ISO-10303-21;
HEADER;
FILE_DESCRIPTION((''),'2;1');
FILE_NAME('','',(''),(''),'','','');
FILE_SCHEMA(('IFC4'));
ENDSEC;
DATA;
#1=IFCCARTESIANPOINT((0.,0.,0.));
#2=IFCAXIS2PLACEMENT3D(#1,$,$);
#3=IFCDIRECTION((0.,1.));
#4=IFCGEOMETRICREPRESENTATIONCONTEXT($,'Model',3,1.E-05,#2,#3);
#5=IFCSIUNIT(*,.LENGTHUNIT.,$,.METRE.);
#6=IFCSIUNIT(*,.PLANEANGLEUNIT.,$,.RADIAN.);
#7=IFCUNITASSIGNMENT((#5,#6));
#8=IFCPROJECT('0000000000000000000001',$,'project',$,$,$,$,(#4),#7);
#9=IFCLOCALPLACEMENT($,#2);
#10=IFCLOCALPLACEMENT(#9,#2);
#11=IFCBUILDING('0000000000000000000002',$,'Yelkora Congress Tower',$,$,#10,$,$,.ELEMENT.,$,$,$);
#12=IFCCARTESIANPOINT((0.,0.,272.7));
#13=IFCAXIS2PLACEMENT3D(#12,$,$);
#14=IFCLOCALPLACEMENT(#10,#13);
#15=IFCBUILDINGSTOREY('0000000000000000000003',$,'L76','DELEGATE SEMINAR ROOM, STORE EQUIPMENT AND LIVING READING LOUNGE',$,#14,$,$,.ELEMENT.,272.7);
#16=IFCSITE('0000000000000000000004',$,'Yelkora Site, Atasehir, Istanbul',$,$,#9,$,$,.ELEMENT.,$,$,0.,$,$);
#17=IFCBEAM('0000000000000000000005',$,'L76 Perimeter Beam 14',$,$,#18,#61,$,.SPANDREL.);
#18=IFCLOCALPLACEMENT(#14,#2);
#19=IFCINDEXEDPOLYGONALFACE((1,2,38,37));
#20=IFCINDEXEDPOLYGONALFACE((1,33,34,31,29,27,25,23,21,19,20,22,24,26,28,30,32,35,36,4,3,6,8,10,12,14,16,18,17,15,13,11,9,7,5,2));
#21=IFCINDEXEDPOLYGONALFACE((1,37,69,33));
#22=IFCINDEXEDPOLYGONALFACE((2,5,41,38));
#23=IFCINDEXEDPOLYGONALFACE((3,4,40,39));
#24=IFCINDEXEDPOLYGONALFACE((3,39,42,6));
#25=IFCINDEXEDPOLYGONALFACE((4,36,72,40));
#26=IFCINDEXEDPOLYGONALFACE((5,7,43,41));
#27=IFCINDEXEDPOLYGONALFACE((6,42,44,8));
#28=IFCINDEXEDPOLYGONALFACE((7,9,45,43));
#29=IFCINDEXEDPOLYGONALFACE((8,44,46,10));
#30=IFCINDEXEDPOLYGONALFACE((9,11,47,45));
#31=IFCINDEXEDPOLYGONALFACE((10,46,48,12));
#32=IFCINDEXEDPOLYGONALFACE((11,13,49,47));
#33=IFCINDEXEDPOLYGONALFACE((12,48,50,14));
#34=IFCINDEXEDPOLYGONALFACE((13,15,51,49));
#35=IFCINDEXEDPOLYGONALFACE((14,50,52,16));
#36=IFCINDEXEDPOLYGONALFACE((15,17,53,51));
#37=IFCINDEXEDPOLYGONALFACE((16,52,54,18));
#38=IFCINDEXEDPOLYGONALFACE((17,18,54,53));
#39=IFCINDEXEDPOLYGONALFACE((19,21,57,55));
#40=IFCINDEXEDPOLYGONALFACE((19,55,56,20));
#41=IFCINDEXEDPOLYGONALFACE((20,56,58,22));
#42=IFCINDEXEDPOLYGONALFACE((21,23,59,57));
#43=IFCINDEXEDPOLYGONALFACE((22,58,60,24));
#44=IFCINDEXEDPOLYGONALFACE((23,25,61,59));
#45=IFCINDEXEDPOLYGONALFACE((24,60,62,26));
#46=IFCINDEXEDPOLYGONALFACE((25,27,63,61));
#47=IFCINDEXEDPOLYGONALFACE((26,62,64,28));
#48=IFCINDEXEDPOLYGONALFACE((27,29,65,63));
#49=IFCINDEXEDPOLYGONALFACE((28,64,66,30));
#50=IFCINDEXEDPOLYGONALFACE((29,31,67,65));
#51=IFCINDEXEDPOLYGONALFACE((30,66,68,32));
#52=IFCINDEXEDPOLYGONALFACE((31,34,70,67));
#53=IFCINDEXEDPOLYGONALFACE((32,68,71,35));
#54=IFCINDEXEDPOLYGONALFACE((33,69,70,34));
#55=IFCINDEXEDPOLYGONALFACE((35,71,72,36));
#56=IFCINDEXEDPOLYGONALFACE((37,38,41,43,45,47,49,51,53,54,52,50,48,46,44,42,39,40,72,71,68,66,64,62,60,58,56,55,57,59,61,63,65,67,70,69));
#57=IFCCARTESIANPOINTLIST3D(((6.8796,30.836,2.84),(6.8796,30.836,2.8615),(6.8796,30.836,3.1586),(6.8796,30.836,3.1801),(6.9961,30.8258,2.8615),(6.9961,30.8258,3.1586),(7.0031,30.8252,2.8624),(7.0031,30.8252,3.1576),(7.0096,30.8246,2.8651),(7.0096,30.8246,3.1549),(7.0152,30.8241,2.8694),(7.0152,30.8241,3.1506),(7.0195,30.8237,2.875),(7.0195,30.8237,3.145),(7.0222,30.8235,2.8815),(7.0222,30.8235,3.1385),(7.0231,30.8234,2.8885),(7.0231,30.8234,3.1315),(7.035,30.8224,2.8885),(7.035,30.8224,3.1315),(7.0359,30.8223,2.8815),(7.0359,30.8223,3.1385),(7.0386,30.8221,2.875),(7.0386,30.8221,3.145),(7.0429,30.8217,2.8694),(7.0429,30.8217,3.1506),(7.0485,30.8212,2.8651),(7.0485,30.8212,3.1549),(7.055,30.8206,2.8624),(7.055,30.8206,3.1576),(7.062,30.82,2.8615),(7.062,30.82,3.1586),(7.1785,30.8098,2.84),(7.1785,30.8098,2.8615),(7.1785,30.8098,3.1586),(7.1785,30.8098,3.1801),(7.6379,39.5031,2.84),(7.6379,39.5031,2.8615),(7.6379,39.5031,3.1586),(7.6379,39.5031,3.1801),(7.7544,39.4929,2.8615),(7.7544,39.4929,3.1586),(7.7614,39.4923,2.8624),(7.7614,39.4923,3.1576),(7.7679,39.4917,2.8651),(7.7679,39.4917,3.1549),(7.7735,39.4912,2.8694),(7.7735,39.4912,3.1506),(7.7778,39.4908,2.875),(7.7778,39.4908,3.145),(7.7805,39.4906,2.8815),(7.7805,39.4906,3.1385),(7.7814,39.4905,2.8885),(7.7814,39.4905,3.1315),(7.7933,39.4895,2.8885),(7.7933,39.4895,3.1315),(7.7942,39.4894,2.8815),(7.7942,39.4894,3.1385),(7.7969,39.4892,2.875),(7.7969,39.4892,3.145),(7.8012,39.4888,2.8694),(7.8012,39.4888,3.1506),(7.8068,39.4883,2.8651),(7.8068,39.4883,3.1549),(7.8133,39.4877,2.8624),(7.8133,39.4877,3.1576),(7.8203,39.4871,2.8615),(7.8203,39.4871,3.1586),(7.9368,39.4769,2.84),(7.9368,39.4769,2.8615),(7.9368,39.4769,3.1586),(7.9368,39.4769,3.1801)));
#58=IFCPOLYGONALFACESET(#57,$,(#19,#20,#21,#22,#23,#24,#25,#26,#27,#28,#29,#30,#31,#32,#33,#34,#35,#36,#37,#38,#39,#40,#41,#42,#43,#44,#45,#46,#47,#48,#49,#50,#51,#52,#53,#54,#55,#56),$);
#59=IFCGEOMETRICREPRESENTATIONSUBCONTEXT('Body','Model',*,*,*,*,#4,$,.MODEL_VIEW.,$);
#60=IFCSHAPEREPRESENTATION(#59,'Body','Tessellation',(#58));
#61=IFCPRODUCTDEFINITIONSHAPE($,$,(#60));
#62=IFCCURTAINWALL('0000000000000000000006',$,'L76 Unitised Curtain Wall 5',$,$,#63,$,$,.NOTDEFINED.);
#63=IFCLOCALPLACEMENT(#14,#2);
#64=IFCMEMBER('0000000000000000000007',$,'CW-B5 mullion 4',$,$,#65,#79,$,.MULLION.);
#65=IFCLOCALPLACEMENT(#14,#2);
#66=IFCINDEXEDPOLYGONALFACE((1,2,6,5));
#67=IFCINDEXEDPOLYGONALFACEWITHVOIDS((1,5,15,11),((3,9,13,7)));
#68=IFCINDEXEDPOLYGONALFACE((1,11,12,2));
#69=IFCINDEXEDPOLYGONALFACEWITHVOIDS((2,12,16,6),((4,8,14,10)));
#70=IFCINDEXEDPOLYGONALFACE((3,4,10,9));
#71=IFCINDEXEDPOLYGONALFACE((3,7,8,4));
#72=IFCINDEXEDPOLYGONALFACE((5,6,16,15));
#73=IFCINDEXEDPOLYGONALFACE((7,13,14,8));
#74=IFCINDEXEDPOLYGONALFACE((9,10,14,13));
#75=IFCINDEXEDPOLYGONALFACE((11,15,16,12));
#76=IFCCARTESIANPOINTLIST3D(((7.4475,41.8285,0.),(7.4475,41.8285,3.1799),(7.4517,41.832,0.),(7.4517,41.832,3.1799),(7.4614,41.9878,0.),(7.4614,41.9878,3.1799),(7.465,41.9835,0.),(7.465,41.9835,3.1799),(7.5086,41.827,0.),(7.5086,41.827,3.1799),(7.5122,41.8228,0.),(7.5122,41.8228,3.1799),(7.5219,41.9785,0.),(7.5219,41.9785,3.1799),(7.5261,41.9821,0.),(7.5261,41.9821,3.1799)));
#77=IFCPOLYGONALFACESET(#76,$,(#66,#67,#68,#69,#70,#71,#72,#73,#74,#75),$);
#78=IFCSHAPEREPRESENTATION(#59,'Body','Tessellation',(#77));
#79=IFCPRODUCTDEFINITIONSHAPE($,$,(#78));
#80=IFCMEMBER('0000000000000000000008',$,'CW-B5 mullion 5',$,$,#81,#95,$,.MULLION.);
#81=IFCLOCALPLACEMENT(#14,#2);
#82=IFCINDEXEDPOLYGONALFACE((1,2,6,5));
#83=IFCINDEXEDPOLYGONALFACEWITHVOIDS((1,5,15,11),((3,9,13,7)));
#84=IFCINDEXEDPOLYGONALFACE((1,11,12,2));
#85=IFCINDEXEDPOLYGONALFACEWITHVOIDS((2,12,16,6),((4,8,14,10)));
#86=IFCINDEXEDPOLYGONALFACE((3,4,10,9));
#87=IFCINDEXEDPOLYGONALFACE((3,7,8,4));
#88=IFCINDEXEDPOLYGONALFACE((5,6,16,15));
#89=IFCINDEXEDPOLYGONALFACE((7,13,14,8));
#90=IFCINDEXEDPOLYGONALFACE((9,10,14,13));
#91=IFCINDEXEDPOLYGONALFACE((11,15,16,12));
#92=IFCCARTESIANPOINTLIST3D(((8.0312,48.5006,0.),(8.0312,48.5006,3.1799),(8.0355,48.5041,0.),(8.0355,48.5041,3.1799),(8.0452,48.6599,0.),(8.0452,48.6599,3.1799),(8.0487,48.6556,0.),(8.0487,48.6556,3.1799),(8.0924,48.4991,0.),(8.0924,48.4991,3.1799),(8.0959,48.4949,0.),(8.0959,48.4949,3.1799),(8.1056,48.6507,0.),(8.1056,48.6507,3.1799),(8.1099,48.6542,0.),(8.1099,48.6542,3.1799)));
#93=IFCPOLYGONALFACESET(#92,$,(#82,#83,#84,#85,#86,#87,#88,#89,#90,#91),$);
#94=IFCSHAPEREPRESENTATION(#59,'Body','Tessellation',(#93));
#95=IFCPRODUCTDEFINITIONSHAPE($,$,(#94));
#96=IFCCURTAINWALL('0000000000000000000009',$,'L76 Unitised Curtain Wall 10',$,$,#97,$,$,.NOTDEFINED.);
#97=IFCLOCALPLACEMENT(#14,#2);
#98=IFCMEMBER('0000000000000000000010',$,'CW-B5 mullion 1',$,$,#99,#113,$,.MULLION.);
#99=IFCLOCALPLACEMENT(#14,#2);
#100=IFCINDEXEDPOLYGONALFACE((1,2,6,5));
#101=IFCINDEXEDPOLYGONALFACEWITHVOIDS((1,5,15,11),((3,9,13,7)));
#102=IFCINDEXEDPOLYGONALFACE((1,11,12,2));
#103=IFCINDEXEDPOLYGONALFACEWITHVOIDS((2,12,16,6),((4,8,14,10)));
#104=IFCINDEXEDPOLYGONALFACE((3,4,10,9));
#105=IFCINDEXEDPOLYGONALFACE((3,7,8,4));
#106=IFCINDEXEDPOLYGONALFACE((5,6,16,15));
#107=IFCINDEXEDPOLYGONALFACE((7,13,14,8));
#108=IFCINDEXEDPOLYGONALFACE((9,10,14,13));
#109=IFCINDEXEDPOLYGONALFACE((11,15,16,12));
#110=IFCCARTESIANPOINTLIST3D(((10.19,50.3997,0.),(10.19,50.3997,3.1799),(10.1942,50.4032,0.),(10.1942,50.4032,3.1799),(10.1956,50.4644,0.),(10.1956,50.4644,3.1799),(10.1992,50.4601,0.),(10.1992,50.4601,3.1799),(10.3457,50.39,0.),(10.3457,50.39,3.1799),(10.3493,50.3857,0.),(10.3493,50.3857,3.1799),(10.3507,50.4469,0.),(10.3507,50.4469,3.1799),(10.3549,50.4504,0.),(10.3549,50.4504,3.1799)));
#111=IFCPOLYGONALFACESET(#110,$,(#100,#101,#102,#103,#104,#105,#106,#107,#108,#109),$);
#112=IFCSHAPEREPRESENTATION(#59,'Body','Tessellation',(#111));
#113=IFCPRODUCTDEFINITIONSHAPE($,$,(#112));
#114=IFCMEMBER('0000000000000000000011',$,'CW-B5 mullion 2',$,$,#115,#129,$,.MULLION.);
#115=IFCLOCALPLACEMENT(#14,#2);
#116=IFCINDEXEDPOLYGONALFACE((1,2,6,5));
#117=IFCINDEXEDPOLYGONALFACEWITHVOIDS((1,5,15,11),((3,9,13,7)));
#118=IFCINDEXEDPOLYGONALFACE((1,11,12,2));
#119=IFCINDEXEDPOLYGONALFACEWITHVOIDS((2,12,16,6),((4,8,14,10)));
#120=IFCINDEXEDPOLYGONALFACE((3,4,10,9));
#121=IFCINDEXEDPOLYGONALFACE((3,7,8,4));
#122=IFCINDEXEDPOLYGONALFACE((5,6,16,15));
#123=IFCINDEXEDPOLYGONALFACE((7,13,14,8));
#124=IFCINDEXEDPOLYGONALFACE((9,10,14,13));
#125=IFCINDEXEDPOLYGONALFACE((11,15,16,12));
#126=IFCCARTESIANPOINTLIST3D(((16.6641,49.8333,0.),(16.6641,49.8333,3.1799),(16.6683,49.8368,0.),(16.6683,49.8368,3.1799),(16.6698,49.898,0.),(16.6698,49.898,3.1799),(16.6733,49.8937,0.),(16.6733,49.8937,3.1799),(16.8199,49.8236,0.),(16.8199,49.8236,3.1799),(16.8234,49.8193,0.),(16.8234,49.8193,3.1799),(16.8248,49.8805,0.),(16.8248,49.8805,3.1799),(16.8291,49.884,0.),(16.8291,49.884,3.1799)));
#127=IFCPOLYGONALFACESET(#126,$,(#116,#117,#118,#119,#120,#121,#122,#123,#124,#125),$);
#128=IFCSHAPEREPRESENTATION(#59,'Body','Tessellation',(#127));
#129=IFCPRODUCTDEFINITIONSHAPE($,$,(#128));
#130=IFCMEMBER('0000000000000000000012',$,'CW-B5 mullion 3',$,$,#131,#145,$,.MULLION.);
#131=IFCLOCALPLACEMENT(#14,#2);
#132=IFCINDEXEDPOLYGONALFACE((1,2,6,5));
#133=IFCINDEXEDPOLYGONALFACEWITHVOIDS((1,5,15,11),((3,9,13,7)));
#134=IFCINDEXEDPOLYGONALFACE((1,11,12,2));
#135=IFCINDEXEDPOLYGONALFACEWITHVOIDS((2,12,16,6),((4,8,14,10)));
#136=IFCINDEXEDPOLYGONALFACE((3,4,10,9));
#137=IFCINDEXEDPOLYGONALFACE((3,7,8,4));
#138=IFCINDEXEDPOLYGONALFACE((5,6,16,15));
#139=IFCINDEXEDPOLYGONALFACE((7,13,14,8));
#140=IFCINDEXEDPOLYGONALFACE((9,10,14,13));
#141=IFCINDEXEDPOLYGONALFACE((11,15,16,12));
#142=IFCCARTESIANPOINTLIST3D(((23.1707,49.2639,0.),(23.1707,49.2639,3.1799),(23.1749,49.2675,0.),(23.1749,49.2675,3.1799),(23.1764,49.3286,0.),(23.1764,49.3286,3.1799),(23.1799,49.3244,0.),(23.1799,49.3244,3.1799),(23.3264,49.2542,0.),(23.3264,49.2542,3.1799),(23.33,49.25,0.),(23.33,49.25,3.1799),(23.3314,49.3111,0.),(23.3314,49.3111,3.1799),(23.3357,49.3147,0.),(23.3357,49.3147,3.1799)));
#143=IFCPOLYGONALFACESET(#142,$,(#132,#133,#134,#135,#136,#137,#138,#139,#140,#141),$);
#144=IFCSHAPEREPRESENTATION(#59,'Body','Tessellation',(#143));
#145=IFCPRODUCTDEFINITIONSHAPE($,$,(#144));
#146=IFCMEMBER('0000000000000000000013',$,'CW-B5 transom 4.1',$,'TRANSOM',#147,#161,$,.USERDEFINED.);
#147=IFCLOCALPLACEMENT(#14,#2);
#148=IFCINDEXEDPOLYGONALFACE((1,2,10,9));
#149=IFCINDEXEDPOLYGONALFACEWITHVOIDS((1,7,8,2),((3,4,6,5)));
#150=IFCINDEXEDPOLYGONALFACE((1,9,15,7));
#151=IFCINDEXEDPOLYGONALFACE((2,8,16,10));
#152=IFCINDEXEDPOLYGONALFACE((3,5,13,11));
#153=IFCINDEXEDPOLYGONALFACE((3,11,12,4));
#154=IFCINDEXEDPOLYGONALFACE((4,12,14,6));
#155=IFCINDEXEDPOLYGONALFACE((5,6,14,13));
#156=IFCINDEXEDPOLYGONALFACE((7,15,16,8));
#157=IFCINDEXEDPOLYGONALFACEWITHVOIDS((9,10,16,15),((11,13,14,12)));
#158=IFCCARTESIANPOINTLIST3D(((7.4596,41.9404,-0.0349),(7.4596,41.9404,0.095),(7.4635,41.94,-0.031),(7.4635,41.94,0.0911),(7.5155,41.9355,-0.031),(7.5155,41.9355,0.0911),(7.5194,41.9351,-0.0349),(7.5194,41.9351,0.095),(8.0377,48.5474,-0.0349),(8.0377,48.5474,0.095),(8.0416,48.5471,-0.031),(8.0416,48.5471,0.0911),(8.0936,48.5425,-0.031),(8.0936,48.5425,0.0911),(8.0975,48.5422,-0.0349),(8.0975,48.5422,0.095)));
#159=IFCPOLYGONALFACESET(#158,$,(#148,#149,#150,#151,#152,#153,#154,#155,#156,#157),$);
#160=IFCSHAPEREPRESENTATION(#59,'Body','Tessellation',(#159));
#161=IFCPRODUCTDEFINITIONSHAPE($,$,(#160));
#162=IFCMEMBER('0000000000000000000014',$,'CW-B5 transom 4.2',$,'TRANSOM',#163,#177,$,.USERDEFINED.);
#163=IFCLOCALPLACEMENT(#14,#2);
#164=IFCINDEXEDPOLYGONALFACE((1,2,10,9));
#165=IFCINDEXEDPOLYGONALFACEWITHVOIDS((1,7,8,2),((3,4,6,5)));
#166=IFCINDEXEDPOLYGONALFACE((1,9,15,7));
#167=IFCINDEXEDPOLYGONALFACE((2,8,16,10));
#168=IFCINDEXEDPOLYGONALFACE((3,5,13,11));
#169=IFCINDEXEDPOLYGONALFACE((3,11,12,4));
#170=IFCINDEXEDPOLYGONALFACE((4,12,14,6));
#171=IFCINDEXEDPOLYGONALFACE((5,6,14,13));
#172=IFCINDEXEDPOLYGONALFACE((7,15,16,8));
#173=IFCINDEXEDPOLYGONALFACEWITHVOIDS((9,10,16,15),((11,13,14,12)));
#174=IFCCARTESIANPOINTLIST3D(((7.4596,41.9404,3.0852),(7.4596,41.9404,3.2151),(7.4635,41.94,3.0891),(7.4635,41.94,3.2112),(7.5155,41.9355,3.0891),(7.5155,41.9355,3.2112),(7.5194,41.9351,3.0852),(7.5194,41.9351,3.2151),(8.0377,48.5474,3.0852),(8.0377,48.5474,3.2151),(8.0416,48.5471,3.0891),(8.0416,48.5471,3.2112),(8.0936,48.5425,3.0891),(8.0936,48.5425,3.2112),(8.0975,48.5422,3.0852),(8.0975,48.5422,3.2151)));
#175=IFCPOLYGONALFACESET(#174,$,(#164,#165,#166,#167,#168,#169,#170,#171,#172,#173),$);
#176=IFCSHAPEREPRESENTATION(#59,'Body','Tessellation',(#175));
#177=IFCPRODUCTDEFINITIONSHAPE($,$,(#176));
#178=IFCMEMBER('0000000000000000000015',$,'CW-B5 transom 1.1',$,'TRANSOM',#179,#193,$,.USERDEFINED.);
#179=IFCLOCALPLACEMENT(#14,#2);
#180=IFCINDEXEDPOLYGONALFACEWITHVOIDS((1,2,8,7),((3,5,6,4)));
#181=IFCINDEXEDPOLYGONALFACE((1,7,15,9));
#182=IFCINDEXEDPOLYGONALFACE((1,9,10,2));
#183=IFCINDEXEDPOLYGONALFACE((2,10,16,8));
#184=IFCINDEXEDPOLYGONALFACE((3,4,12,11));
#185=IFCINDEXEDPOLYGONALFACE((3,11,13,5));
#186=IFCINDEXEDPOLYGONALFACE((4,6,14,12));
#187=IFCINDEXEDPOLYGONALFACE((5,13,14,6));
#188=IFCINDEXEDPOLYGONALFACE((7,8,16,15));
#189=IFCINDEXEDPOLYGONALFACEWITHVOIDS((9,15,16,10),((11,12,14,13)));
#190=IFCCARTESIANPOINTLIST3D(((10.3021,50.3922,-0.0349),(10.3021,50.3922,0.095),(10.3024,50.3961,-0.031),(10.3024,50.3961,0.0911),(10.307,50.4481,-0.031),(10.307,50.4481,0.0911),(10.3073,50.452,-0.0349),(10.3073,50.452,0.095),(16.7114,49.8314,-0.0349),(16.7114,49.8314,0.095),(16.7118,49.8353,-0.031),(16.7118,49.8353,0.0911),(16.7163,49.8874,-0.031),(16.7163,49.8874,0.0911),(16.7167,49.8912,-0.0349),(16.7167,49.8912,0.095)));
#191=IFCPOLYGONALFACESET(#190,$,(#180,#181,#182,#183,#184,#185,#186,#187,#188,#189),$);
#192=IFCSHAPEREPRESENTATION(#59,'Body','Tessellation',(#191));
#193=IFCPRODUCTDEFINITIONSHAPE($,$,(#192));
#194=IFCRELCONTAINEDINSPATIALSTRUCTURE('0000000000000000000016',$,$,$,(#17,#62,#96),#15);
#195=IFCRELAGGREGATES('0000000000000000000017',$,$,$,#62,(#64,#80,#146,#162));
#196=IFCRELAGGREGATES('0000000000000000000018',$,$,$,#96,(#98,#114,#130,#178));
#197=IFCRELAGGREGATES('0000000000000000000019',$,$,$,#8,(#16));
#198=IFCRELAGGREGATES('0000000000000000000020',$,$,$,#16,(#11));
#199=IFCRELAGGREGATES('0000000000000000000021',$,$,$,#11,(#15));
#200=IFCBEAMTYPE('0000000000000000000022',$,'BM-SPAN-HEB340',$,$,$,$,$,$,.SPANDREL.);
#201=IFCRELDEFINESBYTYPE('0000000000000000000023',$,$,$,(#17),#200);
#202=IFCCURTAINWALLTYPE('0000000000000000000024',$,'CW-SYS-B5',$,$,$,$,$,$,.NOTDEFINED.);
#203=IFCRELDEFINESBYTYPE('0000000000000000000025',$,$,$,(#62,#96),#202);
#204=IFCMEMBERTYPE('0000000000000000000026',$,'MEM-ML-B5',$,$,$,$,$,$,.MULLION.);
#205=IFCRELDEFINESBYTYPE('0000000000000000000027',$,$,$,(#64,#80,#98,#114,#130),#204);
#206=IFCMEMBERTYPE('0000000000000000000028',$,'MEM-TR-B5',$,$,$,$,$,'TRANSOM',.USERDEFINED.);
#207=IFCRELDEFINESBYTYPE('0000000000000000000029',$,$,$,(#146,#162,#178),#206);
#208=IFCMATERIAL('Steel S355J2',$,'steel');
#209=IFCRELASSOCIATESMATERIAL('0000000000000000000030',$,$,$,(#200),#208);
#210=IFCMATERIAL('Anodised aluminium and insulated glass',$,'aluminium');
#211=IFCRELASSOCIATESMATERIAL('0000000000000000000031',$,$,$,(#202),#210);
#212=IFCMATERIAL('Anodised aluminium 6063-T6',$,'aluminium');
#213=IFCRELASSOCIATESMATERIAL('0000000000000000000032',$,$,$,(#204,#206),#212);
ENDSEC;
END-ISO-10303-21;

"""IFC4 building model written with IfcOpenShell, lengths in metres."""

from ifc_helpers import new_model, si_unit, direction, frame, origin, origin_2d, place, context, subcontext, project, spatial, hollow_rectangle, i_section, extrude, material, material_profile, profile_set, type_object, element, aggregate, save


model = new_model("IFC4")

# Units and contexts
model_context = context("Model", 3, precision=1e-05, world=origin(), true_north=direction((0.0, 1.0)))
body_context = subcontext(model_context, "Body", "Model", "MODEL_VIEW")
ifc_project = project(units=[si_unit("LENGTHUNIT", "METRE"), si_unit("PLANEANGLEUNIT", "RADIAN")], contexts=[model_context])

# Site, building, storey
site_placement = place(None, origin())
site = spatial("IfcSite", under=ifc_project, at=site_placement, Name="Yelkora Site, Atasehir, Istanbul", CompositionType="ELEMENT", RefElevation=0.0)
building_placement = place(site_placement, origin())
building = spatial("IfcBuilding", under=site, at=building_placement, Name="Yelkora Congress Tower", CompositionType="ELEMENT")
storey_placement = place(building_placement, frame((0.0, 0.0, 272.7)))
storey = spatial("IfcBuildingStorey", under=building, at=storey_placement, Name="L76", Description="DELEGATE SEMINAR ROOM, STORE EQUIPMENT AND LIVING READING LOUNGE", CompositionType="ELEMENT", Elevation=272.7)

# Shared definitions
ifc_material_1 = material(Name="Steel S355J2", Category="steel")

# Beam
ifc_material_profile_1 = material_profile(ifc_material_1, i_section(OverallWidth=0.3, OverallDepth=0.3401, WebThickness=0.012, FlangeThickness=0.0215, FilletRadius=0.0271, at=origin_2d()), Name="HEB 340")
ifc_profile_set_1 = profile_set([ifc_material_profile_1], Name="Steel S355J2")
beam_type_1 = type_object("IfcBeamType", Name="BM-SPAN-HEB340", PredefinedType="SPANDREL", material=ifc_profile_set_1)
beam_1_placement = place(storey_placement, frame((7.7874, 39.49, 3.01), z_axis=(-0.08716, -0.996194, 0.0), x_axis=(0.996194, -0.08716, 0.0)))
element("IfcBeam", 1, at=beam_1_placement, inside=storey, type_object=beam_type_1, Name="L76 Perimeter Beam 14", PredefinedType="SPANDREL", context=body_context, shape_type="SweptSolid", body=[
    extrude(i_section(OverallWidth=0.3, OverallDepth=0.3401, WebThickness=0.012, FlangeThickness=0.0215, FilletRadius=0.0271, at=origin_2d()), origin(), (0.0, 0.0, 1.0), 8.7002),
])

# Curtain walls, members
ifc_material_2 = material(Name="Anodised aluminium and insulated glass", Category="aluminium")
curtain_wall_type = type_object("IfcCurtainWallType", Name="CW-SYS-B5", PredefinedType="NOTDEFINED", material=ifc_material_2)
curtain_wall_1_placement = place(storey_placement, origin())
curtain_wall_1 = element("IfcCurtainWall", 2, at=curtain_wall_1_placement, inside=storey, type_object=curtain_wall_type, Name="L76 Unitised Curtain Wall 5", PredefinedType="NOTDEFINED")
ifc_material_3 = material(Name="Anodised aluminium 6063-T6", Category="aluminium")
ifc_material_profile_2 = material_profile(ifc_material_3, hollow_rectangle(XDim=0.0649, YDim=0.1599, WallThickness=0.0039, at=origin_2d()), Name="ALU 65x160x4")
ifc_profile_set_2 = profile_set([ifc_material_profile_2], Name="Anodised aluminium 6063-T6")
member_type_1 = type_object("IfcMemberType", Name="MEM-ML-B5", PredefinedType="MULLION", material=ifc_profile_set_2)
member_1_placement = place(storey_placement, frame((7.4868, 41.9053, 0.0), z_axis=(0.0, 0.0, 1.0), x_axis=(-0.996195, 0.087155, 0.0)))
member_1 = element("IfcMember", 3, at=member_1_placement, type_object=member_type_1, Name="CW-B5 mullion 4", PredefinedType="MULLION", context=body_context, shape_type="SweptSolid", body=[
    extrude(hollow_rectangle(XDim=0.0649, YDim=0.1599, WallThickness=0.0039, at=origin_2d()), origin(), (0.0, 0.0, 1.0), 3.1799),
])
member_2_placement = place(storey_placement, frame((8.0706, 48.5774, 0.0), z_axis=(0.0, 0.0, 1.0), x_axis=(-0.996195, 0.087155, 0.0)))
member_2 = element("IfcMember", 4, at=member_2_placement, type_object=member_type_1, Name="CW-B5 mullion 5", PredefinedType="MULLION", context=body_context, shape_type="SweptSolid", body=[
    extrude(hollow_rectangle(XDim=0.0649, YDim=0.1599, WallThickness=0.0039, at=origin_2d()), origin(), (0.0, 0.0, 1.0), 3.1799),
])
curtain_wall_2_placement = place(storey_placement, origin())
curtain_wall_2 = element("IfcCurtainWall", 5, at=curtain_wall_2_placement, inside=storey, type_object=curtain_wall_type, Name="L76 Unitised Curtain Wall 10", PredefinedType="NOTDEFINED")
member_3_placement = place(storey_placement, frame((10.2725, 50.425, 0.0), z_axis=(0.0, 0.0, 1.0), x_axis=(0.087157, 0.996195, 0.0)))
member_3 = element("IfcMember", 6, at=member_3_placement, type_object=member_type_1, Name="CW-B5 mullion 1", PredefinedType="MULLION", context=body_context, shape_type="SweptSolid", body=[
    extrude(hollow_rectangle(XDim=0.0649, YDim=0.1599, WallThickness=0.0039, at=origin_2d()), origin(), (0.0, 0.0, 1.0), 3.1799),
])
member_4_placement = place(storey_placement, frame((16.7466, 49.8586, 0.0), z_axis=(0.0, 0.0, 1.0), x_axis=(0.087157, 0.996195, 0.0)))
member_4 = element("IfcMember", 7, at=member_4_placement, type_object=member_type_1, Name="CW-B5 mullion 2", PredefinedType="MULLION", context=body_context, shape_type="SweptSolid", body=[
    extrude(hollow_rectangle(XDim=0.0649, YDim=0.1599, WallThickness=0.0039, at=origin_2d()), origin(), (0.0, 0.0, 1.0), 3.1799),
])
member_5_placement = place(storey_placement, frame((23.2532, 49.2893, 0.0), z_axis=(0.0, 0.0, 1.0), x_axis=(0.087157, 0.996195, 0.0)))
member_5 = element("IfcMember", 8, at=member_5_placement, type_object=member_type_1, Name="CW-B5 mullion 3", PredefinedType="MULLION", context=body_context, shape_type="SweptSolid", body=[
    extrude(hollow_rectangle(XDim=0.0649, YDim=0.1599, WallThickness=0.0039, at=origin_2d()), origin(), (0.0, 0.0, 1.0), 3.1799),
])

# Members
ifc_material_profile_3 = material_profile(ifc_material_3, hollow_rectangle(XDim=0.0601, YDim=0.1299, WallThickness=0.0039, at=origin_2d()), Name="ALU 60x130x4")
ifc_profile_set_3 = profile_set([ifc_material_profile_3], Name="Anodised aluminium 6063-T6")
member_type_2 = type_object("IfcMemberType", Name="MEM-TR-B5", ElementType="TRANSOM", PredefinedType="USERDEFINED", material=ifc_profile_set_3)
member_6_placement = place(storey_placement, frame((7.4895, 41.9377, 0.03), z_axis=(0.087166, 0.996194, 0.0), x_axis=(-0.996194, 0.087166, 0.0)))
member_6 = element("IfcMember", 9, at=member_6_placement, type_object=member_type_2, Name="CW-B5 transom 4.1", ObjectType="TRANSOM", PredefinedType="USERDEFINED", context=body_context, shape_type="SweptSolid", body=[
    extrude(hollow_rectangle(XDim=0.0601, YDim=0.1299, WallThickness=0.0039, at=origin_2d()), origin(), (0.0, 0.0, 1.0), 6.6323),
])
member_7_placement = place(storey_placement, frame((7.4895, 41.9377, 3.1501), z_axis=(0.087166, 0.996194, 0.0), x_axis=(-0.996194, 0.087166, 0.0)))
member_7 = element("IfcMember", 10, at=member_7_placement, type_object=member_type_2, Name="CW-B5 transom 4.2", ObjectType="TRANSOM", PredefinedType="USERDEFINED", context=body_context, shape_type="SweptSolid", body=[
    extrude(hollow_rectangle(XDim=0.0601, YDim=0.1299, WallThickness=0.0039, at=origin_2d()), origin(), (0.0, 0.0, 1.0), 6.6323),
])
member_8_placement = place(storey_placement, frame((10.3047, 50.4221, 0.03), z_axis=(0.996194, -0.087162, 0.0), x_axis=(0.087162, 0.996194, 0.0)))
member_8 = element("IfcMember", 11, at=member_8_placement, type_object=member_type_2, Name="CW-B5 transom 1.1", ObjectType="TRANSOM", PredefinedType="USERDEFINED", context=body_context, shape_type="SweptSolid", body=[
    extrude(hollow_rectangle(XDim=0.0601, YDim=0.1299, WallThickness=0.0039, at=origin_2d()), origin(), (0.0, 0.0, 1.0), 6.4338),
])

aggregate(curtain_wall_1, [member_1, member_2, member_6, member_7])
aggregate(curtain_wall_2, [member_3, member_4, member_5, member_8])

save(model, "model.ifc")
